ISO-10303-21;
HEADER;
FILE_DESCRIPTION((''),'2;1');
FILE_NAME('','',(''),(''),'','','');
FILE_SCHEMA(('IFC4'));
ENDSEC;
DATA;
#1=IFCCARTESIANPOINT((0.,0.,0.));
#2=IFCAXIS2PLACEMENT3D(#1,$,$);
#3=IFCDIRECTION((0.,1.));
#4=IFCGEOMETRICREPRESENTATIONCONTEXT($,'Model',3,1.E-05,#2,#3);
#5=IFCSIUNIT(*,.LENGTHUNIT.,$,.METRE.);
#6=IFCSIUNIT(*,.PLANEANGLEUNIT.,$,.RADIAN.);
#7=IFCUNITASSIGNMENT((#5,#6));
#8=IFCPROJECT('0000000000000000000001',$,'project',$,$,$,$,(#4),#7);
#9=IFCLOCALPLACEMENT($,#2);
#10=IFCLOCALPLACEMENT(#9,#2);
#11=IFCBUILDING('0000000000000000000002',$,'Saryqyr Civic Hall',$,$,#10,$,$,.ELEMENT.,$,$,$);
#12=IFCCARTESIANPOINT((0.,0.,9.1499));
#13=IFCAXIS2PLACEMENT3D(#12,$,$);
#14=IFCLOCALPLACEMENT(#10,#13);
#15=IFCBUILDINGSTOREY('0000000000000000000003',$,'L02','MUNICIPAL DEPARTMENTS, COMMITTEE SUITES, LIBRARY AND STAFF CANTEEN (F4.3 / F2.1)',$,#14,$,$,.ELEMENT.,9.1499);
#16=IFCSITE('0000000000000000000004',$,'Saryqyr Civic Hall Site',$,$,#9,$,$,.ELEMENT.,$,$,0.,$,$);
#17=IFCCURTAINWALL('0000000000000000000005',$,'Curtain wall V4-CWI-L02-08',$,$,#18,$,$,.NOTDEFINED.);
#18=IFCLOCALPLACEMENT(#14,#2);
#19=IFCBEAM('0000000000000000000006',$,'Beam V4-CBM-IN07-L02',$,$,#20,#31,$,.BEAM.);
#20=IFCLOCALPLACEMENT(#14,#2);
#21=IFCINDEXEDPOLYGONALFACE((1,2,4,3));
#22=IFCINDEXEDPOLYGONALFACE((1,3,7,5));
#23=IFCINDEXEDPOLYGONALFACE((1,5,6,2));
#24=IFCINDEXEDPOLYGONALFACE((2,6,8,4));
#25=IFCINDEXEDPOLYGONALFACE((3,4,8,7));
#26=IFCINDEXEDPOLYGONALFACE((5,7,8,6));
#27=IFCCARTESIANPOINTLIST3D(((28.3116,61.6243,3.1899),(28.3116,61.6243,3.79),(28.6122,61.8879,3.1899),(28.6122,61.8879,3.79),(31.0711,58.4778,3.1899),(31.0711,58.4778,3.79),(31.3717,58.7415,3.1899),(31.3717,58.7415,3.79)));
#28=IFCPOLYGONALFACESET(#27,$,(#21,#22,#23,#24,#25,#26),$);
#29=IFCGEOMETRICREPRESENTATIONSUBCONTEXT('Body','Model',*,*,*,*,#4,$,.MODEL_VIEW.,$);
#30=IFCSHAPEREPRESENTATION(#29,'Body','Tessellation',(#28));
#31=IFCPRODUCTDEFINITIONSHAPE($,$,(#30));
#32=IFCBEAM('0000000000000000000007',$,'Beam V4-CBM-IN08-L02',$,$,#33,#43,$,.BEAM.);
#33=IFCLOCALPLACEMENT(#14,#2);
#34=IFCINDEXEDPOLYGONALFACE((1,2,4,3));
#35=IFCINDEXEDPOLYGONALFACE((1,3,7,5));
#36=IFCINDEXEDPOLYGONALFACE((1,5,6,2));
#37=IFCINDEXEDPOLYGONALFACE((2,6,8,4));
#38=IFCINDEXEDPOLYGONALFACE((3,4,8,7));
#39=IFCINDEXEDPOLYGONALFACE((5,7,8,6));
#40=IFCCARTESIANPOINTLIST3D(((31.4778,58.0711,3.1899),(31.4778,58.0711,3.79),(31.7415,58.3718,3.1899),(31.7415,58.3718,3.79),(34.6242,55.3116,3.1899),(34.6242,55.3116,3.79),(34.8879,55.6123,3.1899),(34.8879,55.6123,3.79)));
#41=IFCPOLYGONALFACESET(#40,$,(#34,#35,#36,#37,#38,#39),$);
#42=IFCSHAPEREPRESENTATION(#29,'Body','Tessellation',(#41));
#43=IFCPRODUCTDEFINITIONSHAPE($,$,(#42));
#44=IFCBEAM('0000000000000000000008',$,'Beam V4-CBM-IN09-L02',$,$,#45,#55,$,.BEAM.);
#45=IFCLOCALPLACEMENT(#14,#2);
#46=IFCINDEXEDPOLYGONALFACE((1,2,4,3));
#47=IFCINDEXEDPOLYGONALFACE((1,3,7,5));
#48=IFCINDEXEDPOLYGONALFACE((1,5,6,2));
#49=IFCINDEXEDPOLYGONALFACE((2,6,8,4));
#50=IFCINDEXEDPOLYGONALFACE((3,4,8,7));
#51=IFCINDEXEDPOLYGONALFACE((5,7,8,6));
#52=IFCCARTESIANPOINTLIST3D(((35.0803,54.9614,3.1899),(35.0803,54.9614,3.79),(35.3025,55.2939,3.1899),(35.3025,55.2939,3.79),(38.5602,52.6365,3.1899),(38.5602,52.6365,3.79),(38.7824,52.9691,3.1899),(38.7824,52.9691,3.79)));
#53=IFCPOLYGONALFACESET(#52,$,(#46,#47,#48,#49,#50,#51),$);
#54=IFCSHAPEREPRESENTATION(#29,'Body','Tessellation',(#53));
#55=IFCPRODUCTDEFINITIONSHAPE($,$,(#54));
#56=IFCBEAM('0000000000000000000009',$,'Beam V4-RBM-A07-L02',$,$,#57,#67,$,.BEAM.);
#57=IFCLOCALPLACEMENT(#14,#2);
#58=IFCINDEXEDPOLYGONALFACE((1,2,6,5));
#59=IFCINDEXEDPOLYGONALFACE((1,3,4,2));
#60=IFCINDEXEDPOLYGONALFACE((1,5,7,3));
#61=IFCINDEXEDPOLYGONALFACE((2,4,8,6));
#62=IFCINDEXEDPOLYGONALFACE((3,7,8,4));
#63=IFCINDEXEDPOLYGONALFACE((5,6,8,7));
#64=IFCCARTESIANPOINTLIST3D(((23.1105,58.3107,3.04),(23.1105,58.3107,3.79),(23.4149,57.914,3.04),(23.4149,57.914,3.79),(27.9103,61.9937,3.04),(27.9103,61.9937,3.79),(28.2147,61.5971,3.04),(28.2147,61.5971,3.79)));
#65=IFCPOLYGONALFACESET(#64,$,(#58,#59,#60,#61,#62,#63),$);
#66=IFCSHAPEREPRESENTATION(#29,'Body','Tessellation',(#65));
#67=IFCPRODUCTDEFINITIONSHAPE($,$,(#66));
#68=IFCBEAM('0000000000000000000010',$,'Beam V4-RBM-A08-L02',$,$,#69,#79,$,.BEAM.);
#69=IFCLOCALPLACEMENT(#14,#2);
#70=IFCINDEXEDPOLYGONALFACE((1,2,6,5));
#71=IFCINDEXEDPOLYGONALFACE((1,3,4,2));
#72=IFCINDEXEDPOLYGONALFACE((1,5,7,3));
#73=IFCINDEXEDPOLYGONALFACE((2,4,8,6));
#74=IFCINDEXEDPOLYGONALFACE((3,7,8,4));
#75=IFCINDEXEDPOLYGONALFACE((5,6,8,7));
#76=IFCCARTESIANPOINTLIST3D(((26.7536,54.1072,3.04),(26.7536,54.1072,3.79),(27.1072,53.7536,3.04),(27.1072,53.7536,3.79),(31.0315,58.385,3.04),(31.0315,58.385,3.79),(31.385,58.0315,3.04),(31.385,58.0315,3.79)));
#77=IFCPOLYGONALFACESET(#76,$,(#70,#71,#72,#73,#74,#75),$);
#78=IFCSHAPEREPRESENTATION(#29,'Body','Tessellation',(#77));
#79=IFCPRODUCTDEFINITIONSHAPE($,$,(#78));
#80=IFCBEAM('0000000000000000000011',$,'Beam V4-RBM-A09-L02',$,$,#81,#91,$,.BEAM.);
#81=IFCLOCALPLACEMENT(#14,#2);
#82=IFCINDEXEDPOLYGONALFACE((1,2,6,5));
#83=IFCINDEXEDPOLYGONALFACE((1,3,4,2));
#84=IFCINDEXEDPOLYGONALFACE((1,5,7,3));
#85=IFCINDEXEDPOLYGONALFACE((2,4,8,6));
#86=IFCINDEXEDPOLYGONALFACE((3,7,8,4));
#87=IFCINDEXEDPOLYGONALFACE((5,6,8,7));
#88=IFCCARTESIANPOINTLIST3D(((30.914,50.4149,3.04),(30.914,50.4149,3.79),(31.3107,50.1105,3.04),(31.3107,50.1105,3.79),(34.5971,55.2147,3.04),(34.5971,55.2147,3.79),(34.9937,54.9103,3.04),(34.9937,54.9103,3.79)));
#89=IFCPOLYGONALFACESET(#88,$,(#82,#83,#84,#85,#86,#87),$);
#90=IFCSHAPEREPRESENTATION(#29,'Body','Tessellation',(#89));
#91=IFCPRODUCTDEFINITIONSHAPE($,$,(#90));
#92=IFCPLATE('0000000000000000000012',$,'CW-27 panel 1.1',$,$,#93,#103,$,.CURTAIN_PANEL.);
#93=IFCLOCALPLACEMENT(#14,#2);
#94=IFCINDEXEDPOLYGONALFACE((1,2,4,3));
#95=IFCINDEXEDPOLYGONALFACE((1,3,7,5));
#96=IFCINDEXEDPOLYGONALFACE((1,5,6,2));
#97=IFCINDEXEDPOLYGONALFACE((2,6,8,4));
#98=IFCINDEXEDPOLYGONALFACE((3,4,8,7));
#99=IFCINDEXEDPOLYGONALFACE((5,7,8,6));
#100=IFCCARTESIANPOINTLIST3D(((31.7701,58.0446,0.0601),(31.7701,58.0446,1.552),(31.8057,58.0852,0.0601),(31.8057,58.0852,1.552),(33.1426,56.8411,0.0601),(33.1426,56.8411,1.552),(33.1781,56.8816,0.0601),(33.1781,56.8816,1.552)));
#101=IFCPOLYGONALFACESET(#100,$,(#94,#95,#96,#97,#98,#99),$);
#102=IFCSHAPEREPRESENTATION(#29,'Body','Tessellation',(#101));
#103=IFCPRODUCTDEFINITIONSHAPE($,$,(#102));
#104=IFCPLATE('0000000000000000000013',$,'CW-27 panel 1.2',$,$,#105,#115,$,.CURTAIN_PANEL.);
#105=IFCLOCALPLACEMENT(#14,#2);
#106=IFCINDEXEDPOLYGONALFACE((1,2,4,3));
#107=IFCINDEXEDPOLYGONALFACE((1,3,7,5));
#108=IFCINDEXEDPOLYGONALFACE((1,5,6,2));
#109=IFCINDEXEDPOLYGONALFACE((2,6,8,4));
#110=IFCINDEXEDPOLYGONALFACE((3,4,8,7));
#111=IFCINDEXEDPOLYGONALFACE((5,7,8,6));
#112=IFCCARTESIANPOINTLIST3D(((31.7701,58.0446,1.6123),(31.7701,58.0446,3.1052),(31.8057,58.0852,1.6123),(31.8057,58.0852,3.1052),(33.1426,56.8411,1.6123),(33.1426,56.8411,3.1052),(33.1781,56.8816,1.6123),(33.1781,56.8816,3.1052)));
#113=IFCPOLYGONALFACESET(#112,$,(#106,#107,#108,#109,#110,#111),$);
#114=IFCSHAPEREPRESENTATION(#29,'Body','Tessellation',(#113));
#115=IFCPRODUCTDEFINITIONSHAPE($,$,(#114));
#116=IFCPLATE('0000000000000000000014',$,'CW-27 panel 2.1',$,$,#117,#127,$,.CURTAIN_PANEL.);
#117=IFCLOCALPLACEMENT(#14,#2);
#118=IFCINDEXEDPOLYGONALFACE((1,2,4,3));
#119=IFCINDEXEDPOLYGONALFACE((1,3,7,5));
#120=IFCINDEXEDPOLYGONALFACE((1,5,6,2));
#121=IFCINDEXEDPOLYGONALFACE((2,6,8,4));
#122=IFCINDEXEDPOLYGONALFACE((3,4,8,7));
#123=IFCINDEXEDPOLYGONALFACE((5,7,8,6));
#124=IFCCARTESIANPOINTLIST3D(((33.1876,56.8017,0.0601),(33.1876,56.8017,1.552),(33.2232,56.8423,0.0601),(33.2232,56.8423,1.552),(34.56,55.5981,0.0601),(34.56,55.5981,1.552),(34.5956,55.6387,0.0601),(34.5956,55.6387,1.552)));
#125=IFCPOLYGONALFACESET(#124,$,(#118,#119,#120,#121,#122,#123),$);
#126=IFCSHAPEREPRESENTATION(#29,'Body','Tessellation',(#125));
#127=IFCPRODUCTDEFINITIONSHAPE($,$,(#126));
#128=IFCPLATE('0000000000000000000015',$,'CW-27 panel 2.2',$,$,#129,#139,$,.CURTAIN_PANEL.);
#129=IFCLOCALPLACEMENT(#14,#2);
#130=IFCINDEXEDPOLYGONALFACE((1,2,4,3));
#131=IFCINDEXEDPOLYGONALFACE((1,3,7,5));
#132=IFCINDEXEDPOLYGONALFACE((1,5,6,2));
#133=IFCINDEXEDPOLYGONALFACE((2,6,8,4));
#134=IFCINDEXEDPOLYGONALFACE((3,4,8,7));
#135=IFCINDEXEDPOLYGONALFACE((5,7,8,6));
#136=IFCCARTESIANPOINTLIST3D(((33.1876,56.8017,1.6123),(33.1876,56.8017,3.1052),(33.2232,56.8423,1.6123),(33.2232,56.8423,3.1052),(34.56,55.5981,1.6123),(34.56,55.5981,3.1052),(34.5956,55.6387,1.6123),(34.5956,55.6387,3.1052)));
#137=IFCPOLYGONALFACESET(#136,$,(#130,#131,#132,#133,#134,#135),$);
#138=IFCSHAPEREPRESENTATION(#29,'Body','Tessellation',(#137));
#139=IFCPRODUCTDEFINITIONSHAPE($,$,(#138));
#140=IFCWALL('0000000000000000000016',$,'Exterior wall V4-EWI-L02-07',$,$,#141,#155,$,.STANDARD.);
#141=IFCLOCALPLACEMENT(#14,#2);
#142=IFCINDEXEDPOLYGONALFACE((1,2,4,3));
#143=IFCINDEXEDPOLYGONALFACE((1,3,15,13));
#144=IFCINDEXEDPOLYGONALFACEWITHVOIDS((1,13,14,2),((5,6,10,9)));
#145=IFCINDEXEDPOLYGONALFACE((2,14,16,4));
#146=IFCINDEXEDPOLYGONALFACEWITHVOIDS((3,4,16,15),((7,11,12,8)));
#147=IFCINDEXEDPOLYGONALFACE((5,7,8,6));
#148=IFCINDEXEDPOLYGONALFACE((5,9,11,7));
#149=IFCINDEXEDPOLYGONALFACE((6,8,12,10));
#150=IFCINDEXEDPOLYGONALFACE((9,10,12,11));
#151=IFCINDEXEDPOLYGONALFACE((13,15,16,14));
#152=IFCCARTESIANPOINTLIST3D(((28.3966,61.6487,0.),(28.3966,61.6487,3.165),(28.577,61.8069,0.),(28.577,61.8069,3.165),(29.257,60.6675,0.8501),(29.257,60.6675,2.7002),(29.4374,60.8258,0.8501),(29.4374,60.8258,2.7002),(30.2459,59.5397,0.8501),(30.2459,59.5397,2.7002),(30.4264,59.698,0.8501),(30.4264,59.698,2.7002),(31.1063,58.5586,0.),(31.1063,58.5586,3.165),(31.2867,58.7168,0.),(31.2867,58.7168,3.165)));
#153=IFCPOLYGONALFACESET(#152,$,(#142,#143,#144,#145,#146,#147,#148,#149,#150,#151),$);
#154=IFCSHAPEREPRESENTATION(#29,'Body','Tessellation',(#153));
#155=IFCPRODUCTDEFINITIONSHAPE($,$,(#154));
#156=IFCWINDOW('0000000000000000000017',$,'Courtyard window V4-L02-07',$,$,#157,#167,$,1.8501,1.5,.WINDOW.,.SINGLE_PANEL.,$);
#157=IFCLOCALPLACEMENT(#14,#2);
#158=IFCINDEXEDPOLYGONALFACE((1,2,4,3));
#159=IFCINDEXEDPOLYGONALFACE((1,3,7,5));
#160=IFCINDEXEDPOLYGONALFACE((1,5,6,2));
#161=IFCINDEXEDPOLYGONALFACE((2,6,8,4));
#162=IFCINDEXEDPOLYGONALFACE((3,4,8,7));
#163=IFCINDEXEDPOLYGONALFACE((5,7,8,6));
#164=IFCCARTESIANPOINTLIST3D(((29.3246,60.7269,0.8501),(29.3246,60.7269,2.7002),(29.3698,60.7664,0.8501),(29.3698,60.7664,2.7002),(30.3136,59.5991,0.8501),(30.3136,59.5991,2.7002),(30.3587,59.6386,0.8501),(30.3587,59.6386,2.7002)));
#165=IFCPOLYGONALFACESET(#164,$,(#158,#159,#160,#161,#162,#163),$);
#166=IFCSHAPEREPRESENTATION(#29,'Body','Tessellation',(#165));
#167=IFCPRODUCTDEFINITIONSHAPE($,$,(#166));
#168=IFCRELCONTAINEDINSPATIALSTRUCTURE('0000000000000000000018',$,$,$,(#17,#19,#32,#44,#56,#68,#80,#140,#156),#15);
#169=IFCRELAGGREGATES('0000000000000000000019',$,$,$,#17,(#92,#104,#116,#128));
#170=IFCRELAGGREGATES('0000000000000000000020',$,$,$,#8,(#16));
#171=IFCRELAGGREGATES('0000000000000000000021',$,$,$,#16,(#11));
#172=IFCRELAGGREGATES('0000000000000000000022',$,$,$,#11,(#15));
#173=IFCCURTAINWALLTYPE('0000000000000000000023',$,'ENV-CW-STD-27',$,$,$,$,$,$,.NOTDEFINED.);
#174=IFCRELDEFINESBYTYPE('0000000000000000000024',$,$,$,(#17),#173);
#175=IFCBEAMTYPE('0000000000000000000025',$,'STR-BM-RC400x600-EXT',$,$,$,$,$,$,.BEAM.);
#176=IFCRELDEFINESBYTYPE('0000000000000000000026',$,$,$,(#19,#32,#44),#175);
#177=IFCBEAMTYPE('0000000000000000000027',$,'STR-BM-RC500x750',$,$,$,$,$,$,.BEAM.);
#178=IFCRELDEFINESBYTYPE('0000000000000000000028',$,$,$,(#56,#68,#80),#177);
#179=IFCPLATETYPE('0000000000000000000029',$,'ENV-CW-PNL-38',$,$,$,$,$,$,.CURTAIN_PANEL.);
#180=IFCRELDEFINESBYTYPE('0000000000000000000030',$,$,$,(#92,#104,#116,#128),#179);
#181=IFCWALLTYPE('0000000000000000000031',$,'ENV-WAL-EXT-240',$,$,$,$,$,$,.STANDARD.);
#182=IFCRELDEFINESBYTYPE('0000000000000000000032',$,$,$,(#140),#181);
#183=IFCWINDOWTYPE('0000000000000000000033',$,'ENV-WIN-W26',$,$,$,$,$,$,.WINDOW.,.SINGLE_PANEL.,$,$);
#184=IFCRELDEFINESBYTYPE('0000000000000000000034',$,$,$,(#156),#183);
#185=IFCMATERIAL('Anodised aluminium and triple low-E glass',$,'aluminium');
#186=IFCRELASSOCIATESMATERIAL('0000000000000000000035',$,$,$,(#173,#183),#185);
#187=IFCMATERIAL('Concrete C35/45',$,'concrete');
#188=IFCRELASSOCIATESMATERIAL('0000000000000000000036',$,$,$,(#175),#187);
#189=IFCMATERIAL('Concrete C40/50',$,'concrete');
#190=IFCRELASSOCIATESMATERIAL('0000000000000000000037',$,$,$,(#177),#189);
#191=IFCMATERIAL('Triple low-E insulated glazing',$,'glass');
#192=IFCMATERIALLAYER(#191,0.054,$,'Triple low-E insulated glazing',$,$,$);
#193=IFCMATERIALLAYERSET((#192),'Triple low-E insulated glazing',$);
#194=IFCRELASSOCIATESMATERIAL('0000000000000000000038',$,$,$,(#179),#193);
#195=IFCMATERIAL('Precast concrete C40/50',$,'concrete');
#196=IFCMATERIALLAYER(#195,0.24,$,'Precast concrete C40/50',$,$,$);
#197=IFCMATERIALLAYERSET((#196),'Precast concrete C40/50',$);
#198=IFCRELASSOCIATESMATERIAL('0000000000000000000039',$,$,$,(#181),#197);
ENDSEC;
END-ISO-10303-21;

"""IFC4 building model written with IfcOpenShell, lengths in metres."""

from ifc_helpers import new_model, si_unit, direction, frame, frame_2d, origin, origin_2d, place, context, subcontext, project, spatial, rectangle, extrude, material, layer, layer_set, material_profile, profile_set, type_object, element, fill, aggregate, save


model = new_model("IFC4")

# Units and contexts
model_context = context("Model", 3, precision=1e-05, world=origin(), true_north=direction((0.0, 1.0)))
body_context = subcontext(model_context, "Body", "Model", "MODEL_VIEW")
ifc_project = project(units=[si_unit("LENGTHUNIT", "METRE"), si_unit("PLANEANGLEUNIT", "RADIAN")], contexts=[model_context])

# Site, building, storey
site_placement = place(None, origin())
site = spatial("IfcSite", under=ifc_project, at=site_placement, Name="Saryqyr Civic Hall Site", CompositionType="ELEMENT", RefElevation=0.0)
building_placement = place(site_placement, origin())
building = spatial("IfcBuilding", under=site, at=building_placement, Name="Saryqyr Civic Hall", CompositionType="ELEMENT")
storey_placement = place(building_placement, frame((0.0, 0.0, 9.1499)))
storey = spatial("IfcBuildingStorey", under=building, at=storey_placement, Name="L02", Description="MUNICIPAL DEPARTMENTS, COMMITTEE SUITES, LIBRARY AND STAFF CANTEEN (F4.3 / F2.1)", CompositionType="ELEMENT", Elevation=9.1499)

# Shared definitions
ifc_material_1 = material(Name="Concrete C40/50", Category="concrete")

# Curtain wall
ifc_material_2 = material(Name="Anodised aluminium and triple low-E glass", Category="aluminium")
curtain_wall_type_1 = type_object("IfcCurtainWallType", Name="ENV-CW-STD-27", PredefinedType="NOTDEFINED", material=ifc_material_2)
curtain_wall_1_placement = place(storey_placement, origin())
curtain_wall_1 = element("IfcCurtainWall", 1, at=curtain_wall_1_placement, inside=storey, type_object=curtain_wall_type_1, Name="Curtain wall V4-CWI-L02-08", PredefinedType="NOTDEFINED")

# Beams
ifc_material_3 = material(Name="Concrete C35/45", Category="concrete")
ifc_material_profile_1 = material_profile(ifc_material_3, rectangle(XDim=0.3999, YDim=0.6001, at=origin_2d()), Name="RC 400x600")
ifc_profile_set_1 = profile_set([ifc_material_profile_1], Name="Concrete C35/45")
beam_type_1 = type_object("IfcBeamType", Name="STR-BM-RC400x600-EXT", PredefinedType="BEAM", material=ifc_profile_set_1)
for number, where, z_axis, x_axis, name in (
    (2, (28.4619, 61.7561, 3.49), (0.659363, -0.751825, 0.0), (0.751825, 0.659363, 0.0), "Beam V4-CBM-IN07-L02"),
    (3, (31.6096, 58.2214, 3.49), (0.751825, -0.659363, 0.0), (0.659363, 0.751825, 0.0), "Beam V4-CBM-IN08-L02"),
    (4, (35.1914, 55.1277, 3.49), (0.831502, -0.555521, 0.0), (0.555521, 0.831502, 0.0), "Beam V4-CBM-IN09-L02"),
):
    element("IfcBeam", number, at=place(storey_placement, frame(where, z_axis=z_axis, x_axis=x_axis)), inside=storey, type_object=beam_type_1, Name=name, PredefinedType="BEAM", context=body_context, shape_type="SweptSolid", body=[
        extrude(rectangle(XDim=0.3999, YDim=0.6001, at=origin_2d()), origin(), (0.0, 0.0, 1.0), 4.1851),
    ])
ifc_material_profile_2 = material_profile(ifc_material_1, rectangle(XDim=0.5, YDim=0.75, at=origin_2d()), Name="RC 500x750")
ifc_profile_set_2 = profile_set([ifc_material_profile_2], Name="Concrete C40/50")
beam_type_2 = type_object("IfcBeamType", Name="STR-BM-RC500x750", PredefinedType="BEAM", material=ifc_profile_set_2)
beam_1_placement = place(storey_placement, frame((28.0625, 61.7954, 3.415), z_axis=(-0.793346, -0.60877, 0.0), x_axis=(0.60877, -0.793346, 0.0)))
element("IfcBeam", 5, at=beam_1_placement, inside=storey, type_object=beam_type_2, Name="Beam V4-RBM-A07-L02", PredefinedType="BEAM", context=body_context, shape_type="SweptSolid", body=[
    extrude(rectangle(XDim=0.5, YDim=0.75, at=origin_2d()), origin(), (0.0, 0.0, 1.0), 6.05),
])
beam_2_placement = place(storey_placement, frame((31.2083, 58.2083, 3.415), z_axis=(-0.707107, -0.707107, 0.0), x_axis=(0.707107, -0.707107, 0.0)))
element("IfcBeam", 6, at=beam_2_placement, inside=storey, type_object=beam_type_2, Name="Beam V4-RBM-A08-L02", PredefinedType="BEAM", context=body_context, shape_type="SweptSolid", body=[
    extrude(rectangle(XDim=0.5, YDim=0.75, at=origin_2d()), origin(), (0.0, 0.0, 1.0), 6.0498),
])
beam_3_placement = place(storey_placement, frame((34.7954, 55.0625, 3.415), z_axis=(-0.60877, -0.793346, 0.0), x_axis=(0.793346, -0.60877, 0.0)))
element("IfcBeam", 7, at=beam_3_placement, inside=storey, type_object=beam_type_2, Name="Beam V4-RBM-A09-L02", PredefinedType="BEAM", context=body_context, shape_type="SweptSolid", body=[
    extrude(rectangle(XDim=0.5, YDim=0.75, at=origin_2d()), origin(), (0.0, 0.0, 1.0), 6.05),
])

# Plates
ifc_material_4 = material(Name="Triple low-E insulated glazing", Category="glass")
ifc_layer_1 = layer(ifc_material_4, 0.054, Name="Triple low-E insulated glazing")
ifc_layer_set_1 = layer_set([ifc_layer_1], Name="Triple low-E insulated glazing")
plate_type = type_object("IfcPlateType", Name="ENV-CW-PNL-38", PredefinedType="CURTAIN_PANEL", material=ifc_layer_set_1)
plate_1_placement = place(storey_placement, frame((32.4741, 57.4631, 0.0601), z_axis=(0.0, 0.0, 1.0), x_axis=(0.75185, -0.659334, 0.0)))
plate_1 = element("IfcPlate", 8, at=plate_1_placement, type_object=plate_type, Name="CW-27 panel 1.1", PredefinedType="CURTAIN_PANEL", context=body_context, shape_type="SweptSolid", body=[
    extrude(rectangle(XDim=1.8254, YDim=0.054, at=origin_2d()), origin(), (0.0, 0.0, 1.0), 1.4919),
])
plate_2_placement = place(storey_placement, frame((32.4741, 57.4631, 1.6123), z_axis=(0.0, 0.0, 1.0), x_axis=(0.75185, -0.659334, 0.0)))
plate_2 = element("IfcPlate", 9, at=plate_2_placement, type_object=plate_type, Name="CW-27 panel 1.2", PredefinedType="CURTAIN_PANEL", context=body_context, shape_type="SweptSolid", body=[
    extrude(rectangle(XDim=1.8254, YDim=0.054, at=origin_2d()), origin(), (0.0, 0.0, 1.0), 1.4929),
])
plate_3_placement = place(storey_placement, frame((33.8916, 56.2202, 0.0601), z_axis=(0.0, 0.0, 1.0), x_axis=(0.75185, -0.659334, 0.0)))
plate_3 = element("IfcPlate", 10, at=plate_3_placement, type_object=plate_type, Name="CW-27 panel 2.1", PredefinedType="CURTAIN_PANEL", context=body_context, shape_type="SweptSolid", body=[
    extrude(rectangle(XDim=1.8254, YDim=0.054, at=origin_2d()), origin(), (0.0, 0.0, 1.0), 1.4919),
])
plate_4_placement = place(storey_placement, frame((33.8916, 56.2202, 1.6123), z_axis=(0.0, 0.0, 1.0), x_axis=(0.75185, -0.659334, 0.0)))
plate_4 = element("IfcPlate", 11, at=plate_4_placement, type_object=plate_type, Name="CW-27 panel 2.2", PredefinedType="CURTAIN_PANEL", context=body_context, shape_type="SweptSolid", body=[
    extrude(rectangle(XDim=1.8254, YDim=0.054, at=origin_2d()), origin(), (0.0, 0.0, 1.0), 1.4929),
])
aggregate(curtain_wall_1, [plate_1, plate_2, plate_3, plate_4])

# Wall, opening, window
ifc_material_5 = material(Name="Precast concrete C40/50", Category="concrete")
ifc_layer_2 = layer(ifc_material_5, 0.24, Name="Precast concrete C40/50")
ifc_layer_set_2 = layer_set([ifc_layer_2], Name="Precast concrete C40/50")
wall_type_1 = type_object("IfcWallType", Name="ENV-WAL-EXT-240", PredefinedType="STANDARD", material=ifc_layer_set_2)
wall_1_placement = place(storey_placement, frame((28.4868, 61.7278, 0.0), z_axis=(0.0, 0.0, 1.0), x_axis=(0.659316, -0.751866, 0.0)))
wall_1 = element("IfcWall", 12, at=wall_1_placement, inside=storey, type_object=wall_type_1, Name="Exterior wall V4-EWI-L02-07", PredefinedType="STANDARD", context=body_context, shape_type="SweptSolid", body=[
    extrude(rectangle(XDim=4.1099, YDim=0.24, at=frame_2d((2.0549, 0.0))), origin(), (0.0, 0.0, 1.0), 3.165),
])
opening_1_placement = place(wall_1_placement, frame((1.3049, 0.0, 0.8501)))
opening_1 = element("IfcOpeningElement", 13, at=opening_1_placement, cuts=wall_1, PredefinedType="OPENING", context=body_context, shape_type="SweptSolid", body=[
    extrude(rectangle(XDim=1.5, YDim=1.8501, at=frame_2d((0.75, 0.925))), frame((0.0, 0.1299, 0.0), z_axis=(0.0, -1.0, 0.0), x_axis=(1.0, 0.0, 0.0)), (0.0, 0.0, 1.0), 0.26),
])
window_type_1 = type_object("IfcWindowType", Name="ENV-WIN-W26", PartitioningType="SINGLE_PANEL", PredefinedType="WINDOW", material=ifc_material_2)
window_1_placement = place(opening_1_placement, origin())
window_1 = element("IfcWindow", 14, at=window_1_placement, inside=storey, type_object=window_type_1, Name="Courtyard window V4-L02-07", OverallHeight=1.8501, OverallWidth=1.5, PartitioningType="SINGLE_PANEL", PredefinedType="WINDOW", context=body_context, shape_type="SweptSolid", body=[
    extrude(rectangle(XDim=1.5, YDim=1.8501, at=frame_2d((0.75, 0.925))), frame((0.0, 0.03, 0.0), z_axis=(0.0, -1.0, 0.0), x_axis=(1.0, 0.0, 0.0)), (0.0, 0.0, 1.0), 0.0601),
])
fill(opening_1, window_1)

save(model, "model.ifc")
